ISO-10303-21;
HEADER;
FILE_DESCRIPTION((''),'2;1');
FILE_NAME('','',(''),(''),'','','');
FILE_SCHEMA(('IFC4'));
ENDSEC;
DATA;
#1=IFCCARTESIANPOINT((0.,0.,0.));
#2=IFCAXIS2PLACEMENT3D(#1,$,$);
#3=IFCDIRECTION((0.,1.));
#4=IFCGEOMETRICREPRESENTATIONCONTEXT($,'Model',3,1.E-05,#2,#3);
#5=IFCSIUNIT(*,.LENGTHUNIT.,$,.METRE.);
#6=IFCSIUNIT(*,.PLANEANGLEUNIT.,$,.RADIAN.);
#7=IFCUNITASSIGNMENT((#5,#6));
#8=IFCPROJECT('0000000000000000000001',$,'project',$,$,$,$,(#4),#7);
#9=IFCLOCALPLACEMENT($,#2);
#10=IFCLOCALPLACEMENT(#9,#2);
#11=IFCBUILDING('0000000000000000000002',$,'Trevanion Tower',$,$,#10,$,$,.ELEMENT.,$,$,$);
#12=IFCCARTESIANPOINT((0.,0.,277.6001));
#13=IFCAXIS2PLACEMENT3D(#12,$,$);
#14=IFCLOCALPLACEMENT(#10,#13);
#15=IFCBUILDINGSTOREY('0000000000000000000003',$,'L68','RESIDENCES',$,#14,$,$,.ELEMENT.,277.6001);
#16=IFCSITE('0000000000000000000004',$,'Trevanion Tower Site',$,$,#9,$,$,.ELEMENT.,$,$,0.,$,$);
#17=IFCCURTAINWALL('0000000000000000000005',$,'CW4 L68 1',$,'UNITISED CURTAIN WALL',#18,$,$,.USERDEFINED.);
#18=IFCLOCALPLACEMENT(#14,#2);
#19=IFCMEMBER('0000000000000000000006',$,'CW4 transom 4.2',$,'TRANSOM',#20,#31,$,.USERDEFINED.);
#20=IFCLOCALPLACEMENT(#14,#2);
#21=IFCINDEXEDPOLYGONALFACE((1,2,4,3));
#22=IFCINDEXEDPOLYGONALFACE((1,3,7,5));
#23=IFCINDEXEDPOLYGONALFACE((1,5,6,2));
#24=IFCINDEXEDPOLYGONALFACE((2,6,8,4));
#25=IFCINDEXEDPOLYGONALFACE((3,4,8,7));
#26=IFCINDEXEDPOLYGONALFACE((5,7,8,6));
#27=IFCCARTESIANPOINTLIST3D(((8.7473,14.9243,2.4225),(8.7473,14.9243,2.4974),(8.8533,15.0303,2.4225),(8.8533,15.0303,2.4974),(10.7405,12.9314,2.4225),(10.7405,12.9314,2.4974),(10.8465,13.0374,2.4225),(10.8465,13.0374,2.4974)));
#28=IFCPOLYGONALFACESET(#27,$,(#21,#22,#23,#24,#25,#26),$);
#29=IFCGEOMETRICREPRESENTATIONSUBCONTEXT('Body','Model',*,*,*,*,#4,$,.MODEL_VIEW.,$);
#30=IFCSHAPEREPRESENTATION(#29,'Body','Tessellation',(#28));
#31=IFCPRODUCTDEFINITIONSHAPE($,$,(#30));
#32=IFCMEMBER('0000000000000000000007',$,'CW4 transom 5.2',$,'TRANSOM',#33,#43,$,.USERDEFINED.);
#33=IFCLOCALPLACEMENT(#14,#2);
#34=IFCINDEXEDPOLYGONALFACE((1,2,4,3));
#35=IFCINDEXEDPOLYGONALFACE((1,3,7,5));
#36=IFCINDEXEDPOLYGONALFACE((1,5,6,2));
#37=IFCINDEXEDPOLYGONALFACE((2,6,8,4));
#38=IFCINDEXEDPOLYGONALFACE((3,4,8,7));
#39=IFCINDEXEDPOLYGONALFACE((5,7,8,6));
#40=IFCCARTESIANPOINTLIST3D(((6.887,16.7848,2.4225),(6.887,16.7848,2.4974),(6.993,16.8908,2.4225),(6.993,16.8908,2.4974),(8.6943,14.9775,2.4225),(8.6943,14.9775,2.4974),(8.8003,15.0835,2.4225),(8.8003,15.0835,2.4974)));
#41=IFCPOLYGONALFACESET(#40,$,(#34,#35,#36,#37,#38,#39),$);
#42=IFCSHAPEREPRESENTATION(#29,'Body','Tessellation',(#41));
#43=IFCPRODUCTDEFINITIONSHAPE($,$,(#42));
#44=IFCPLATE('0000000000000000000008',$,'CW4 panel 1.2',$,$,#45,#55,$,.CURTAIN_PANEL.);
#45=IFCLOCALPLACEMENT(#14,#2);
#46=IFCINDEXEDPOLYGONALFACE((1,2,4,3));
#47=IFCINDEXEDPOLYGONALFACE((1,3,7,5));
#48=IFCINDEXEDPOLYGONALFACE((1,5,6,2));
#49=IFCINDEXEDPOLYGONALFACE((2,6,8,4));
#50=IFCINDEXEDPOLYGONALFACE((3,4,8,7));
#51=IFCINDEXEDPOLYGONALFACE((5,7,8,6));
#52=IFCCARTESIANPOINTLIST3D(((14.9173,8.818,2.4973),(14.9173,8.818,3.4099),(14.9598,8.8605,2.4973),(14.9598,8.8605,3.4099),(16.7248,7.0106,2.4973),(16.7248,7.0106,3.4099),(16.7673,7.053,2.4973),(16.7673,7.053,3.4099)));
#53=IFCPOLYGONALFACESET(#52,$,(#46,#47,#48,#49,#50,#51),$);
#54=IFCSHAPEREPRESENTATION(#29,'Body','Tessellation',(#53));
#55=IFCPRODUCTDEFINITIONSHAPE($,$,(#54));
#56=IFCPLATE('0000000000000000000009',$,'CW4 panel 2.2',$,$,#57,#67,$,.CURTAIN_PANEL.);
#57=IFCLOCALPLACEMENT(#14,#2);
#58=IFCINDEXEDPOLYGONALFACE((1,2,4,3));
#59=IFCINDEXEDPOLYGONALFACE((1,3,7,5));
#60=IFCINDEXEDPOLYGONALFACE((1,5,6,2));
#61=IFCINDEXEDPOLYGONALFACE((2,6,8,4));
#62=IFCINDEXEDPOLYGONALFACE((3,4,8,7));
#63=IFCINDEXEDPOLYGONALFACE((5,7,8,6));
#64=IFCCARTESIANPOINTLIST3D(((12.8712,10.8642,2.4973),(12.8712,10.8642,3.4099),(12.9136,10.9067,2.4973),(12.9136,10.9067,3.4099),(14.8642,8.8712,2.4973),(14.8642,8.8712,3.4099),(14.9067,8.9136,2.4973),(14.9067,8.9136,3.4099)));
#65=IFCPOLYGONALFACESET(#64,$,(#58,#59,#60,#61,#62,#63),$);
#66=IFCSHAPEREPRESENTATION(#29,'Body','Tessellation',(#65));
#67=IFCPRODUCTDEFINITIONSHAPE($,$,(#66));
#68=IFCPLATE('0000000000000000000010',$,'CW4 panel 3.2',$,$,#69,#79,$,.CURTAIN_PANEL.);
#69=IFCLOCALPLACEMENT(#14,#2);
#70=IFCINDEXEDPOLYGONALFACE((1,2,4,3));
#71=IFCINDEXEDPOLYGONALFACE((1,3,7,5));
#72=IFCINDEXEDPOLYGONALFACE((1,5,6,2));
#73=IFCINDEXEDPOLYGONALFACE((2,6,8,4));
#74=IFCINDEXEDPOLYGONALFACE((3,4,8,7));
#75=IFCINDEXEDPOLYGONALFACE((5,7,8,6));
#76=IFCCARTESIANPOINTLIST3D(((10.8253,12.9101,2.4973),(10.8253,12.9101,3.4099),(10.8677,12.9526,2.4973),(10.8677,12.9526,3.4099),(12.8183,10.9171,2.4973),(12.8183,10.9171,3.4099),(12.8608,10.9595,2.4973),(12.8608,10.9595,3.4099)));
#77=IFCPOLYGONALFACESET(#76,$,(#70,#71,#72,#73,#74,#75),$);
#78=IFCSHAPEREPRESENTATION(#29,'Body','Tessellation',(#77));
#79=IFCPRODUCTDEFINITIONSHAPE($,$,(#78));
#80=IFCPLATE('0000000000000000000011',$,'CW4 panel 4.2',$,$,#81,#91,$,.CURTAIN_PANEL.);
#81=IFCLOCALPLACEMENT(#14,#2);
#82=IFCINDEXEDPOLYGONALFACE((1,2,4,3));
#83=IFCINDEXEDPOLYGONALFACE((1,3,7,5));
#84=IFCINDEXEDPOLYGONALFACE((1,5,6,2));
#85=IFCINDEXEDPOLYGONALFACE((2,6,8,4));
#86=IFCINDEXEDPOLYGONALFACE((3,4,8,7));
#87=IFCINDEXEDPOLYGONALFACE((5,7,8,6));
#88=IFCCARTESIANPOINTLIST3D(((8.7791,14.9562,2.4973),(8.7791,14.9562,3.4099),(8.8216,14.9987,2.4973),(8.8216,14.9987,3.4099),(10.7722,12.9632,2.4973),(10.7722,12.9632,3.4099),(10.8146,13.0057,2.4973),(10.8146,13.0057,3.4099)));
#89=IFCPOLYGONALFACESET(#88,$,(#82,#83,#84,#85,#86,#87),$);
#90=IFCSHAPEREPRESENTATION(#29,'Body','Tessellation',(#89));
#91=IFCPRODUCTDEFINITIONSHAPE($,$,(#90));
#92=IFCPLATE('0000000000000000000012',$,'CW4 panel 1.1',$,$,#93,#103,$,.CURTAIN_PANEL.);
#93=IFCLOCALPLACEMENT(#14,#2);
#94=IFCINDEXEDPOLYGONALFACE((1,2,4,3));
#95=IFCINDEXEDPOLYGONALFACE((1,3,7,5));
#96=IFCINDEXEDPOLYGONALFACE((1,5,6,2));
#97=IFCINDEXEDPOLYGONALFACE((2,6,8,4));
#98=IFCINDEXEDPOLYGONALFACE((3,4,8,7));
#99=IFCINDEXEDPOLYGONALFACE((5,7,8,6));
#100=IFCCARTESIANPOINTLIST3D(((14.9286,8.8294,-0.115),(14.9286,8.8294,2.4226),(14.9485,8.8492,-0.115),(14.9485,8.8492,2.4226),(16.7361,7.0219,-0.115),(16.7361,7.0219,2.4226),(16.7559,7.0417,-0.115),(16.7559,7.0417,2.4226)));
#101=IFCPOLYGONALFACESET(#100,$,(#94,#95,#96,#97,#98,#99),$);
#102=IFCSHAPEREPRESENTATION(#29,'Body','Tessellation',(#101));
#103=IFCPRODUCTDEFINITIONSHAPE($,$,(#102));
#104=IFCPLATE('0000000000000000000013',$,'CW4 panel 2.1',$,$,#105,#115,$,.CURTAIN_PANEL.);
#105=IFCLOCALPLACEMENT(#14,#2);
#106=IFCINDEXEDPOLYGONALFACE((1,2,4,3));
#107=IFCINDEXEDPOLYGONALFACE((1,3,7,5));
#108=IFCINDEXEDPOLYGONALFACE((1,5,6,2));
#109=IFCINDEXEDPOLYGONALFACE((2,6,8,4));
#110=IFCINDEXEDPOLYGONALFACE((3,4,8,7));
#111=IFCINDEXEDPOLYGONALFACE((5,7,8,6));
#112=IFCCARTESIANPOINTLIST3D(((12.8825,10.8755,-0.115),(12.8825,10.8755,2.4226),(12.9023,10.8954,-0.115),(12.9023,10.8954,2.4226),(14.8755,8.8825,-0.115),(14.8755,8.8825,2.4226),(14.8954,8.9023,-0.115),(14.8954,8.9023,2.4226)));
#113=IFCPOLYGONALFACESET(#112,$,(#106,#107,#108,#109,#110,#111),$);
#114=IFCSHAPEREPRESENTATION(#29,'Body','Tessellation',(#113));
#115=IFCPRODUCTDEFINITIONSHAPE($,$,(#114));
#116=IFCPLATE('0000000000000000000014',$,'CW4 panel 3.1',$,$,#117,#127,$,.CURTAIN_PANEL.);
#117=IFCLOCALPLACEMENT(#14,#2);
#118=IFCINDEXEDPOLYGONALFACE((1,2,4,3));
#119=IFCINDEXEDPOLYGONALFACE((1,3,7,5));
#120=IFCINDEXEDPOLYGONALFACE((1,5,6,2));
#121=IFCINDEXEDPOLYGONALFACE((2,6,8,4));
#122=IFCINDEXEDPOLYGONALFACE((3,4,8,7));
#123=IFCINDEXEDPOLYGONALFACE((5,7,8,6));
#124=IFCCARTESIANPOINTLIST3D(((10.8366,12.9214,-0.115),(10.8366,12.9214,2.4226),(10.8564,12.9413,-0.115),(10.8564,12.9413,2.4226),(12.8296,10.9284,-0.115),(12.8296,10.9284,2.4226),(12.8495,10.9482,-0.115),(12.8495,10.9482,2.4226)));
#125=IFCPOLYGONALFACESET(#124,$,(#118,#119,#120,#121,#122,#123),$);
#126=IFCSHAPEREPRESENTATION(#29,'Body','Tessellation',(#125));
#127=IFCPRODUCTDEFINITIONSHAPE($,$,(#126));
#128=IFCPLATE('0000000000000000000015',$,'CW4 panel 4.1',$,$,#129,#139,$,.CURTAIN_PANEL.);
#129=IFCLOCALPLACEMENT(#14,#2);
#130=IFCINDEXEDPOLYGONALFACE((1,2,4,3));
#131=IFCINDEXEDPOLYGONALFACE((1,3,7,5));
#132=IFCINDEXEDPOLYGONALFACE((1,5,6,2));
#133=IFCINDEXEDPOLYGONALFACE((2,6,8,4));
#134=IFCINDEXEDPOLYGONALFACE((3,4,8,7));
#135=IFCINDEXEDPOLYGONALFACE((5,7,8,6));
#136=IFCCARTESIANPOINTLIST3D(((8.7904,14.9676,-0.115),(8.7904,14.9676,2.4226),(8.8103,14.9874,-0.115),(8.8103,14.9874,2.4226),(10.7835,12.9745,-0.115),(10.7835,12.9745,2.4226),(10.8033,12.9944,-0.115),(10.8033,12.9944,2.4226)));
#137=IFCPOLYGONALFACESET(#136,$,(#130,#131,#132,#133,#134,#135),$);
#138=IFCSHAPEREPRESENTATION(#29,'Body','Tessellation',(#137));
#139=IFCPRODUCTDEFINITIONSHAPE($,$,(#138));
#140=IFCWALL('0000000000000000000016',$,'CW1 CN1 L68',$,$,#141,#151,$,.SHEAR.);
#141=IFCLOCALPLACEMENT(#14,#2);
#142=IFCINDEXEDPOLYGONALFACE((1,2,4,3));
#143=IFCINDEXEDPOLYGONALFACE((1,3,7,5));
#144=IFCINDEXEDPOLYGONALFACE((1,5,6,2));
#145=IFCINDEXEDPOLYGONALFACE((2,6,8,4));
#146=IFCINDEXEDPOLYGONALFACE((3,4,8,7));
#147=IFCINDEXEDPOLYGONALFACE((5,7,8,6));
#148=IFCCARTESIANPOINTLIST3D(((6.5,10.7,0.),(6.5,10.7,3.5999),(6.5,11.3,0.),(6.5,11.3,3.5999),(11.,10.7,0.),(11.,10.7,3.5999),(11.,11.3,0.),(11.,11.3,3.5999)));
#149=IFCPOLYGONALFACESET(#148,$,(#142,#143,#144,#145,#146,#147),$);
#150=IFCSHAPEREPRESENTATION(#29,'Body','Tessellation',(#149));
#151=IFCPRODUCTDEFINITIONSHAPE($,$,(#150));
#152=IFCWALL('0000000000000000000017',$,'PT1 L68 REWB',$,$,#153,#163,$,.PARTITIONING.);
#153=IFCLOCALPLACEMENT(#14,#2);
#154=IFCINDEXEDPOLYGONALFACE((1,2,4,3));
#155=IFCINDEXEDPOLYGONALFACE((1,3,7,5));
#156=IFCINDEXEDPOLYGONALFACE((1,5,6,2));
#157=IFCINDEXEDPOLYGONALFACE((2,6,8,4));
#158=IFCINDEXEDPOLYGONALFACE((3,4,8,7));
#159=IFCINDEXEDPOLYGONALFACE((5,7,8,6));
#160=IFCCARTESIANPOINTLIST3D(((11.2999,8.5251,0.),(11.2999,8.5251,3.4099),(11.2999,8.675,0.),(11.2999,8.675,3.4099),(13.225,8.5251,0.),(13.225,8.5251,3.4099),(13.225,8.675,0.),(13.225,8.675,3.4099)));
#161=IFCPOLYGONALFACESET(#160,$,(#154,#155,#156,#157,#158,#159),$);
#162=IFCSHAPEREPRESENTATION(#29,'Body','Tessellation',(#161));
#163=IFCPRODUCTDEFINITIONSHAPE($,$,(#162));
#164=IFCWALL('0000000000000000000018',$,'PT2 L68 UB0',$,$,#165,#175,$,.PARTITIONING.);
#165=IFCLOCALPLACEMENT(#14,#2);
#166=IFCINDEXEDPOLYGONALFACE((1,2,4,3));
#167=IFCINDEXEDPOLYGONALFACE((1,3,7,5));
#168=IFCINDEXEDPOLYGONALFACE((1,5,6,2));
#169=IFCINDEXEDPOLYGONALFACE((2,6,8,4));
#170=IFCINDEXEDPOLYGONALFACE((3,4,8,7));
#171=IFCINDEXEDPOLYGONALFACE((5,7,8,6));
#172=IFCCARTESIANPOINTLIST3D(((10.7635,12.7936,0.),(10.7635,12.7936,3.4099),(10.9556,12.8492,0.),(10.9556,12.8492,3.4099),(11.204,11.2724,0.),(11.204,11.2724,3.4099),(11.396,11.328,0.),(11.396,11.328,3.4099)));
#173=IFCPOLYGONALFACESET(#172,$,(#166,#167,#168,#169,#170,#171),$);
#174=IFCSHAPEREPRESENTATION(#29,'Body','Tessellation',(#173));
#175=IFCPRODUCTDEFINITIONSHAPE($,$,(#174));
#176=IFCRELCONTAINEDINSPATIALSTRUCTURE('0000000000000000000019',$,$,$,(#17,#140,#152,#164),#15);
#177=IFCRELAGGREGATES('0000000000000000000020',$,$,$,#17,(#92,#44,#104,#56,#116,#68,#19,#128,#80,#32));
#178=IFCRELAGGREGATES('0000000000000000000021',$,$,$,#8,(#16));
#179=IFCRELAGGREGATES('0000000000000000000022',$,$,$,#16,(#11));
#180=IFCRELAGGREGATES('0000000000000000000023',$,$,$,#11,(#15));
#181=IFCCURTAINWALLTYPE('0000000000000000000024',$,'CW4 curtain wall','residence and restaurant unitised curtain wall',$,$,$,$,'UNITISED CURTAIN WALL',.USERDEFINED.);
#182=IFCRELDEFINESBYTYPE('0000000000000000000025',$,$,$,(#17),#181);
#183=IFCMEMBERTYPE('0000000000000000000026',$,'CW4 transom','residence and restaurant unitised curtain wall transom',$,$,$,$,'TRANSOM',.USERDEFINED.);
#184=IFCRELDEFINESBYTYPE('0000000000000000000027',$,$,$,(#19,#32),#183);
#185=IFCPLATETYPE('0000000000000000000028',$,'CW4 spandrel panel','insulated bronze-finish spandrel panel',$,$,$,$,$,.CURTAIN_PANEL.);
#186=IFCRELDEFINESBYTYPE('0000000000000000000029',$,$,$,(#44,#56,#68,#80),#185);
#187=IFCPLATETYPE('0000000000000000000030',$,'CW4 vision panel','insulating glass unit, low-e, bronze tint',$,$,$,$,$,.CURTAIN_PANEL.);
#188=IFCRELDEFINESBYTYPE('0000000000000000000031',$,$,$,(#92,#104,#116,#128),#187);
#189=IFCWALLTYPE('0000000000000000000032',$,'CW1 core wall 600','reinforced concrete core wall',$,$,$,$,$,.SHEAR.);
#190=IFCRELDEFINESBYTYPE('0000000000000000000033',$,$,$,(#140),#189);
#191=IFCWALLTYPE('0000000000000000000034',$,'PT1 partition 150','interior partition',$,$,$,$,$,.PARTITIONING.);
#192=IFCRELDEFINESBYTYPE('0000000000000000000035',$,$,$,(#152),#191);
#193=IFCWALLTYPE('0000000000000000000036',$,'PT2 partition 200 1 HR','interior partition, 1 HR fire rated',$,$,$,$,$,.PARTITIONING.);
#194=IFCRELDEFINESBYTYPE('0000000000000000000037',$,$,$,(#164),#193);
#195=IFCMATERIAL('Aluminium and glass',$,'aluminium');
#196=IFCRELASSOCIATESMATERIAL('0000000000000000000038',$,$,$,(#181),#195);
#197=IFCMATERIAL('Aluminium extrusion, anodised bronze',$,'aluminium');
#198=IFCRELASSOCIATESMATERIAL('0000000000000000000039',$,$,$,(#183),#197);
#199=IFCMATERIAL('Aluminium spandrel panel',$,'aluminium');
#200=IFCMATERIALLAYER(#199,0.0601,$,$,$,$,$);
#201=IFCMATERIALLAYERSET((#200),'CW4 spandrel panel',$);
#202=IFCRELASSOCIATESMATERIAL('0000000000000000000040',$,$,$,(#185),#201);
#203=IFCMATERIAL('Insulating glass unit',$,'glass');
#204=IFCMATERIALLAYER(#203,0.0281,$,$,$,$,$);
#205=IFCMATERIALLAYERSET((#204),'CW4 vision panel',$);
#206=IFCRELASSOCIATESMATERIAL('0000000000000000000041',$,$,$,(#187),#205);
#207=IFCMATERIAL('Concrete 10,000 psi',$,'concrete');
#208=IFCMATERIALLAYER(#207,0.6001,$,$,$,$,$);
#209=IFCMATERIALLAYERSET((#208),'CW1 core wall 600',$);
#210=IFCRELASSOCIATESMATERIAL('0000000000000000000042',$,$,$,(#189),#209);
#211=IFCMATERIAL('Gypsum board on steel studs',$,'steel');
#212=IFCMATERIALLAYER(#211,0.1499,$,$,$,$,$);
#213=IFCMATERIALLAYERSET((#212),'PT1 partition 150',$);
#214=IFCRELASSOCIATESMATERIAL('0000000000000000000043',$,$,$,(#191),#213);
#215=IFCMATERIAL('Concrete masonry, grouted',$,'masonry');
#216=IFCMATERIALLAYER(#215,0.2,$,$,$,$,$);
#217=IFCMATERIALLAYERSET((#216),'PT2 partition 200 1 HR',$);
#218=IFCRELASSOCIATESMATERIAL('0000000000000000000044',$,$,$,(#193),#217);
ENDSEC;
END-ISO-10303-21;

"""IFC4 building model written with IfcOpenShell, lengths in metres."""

from ifc_helpers import new_model, si_unit, direction, frame, frame_2d, origin, origin_2d, place, context, subcontext, project, spatial, rectangle, extrude, material, layer, layer_set, material_profile, profile_set, type_object, element, aggregate, save


model = new_model("IFC4")

# Units and contexts
model_context = context("Model", 3, precision=1e-05, world=origin(), true_north=direction((0.0, 1.0)))
body_context = subcontext(model_context, "Body", "Model", "MODEL_VIEW")
ifc_project = project(units=[si_unit("LENGTHUNIT", "METRE"), si_unit("PLANEANGLEUNIT", "RADIAN")], contexts=[model_context])

# Site, building, storey
site_placement = place(None, origin())
site = spatial("IfcSite", under=ifc_project, at=site_placement, Name="Trevanion Tower Site", CompositionType="ELEMENT", RefElevation=0.0)
building_placement = place(site_placement, origin())
building = spatial("IfcBuilding", under=site, at=building_placement, Name="Trevanion Tower", CompositionType="ELEMENT")
storey_placement = place(building_placement, frame((0.0, 0.0, 277.6001)))
storey = spatial("IfcBuildingStorey", under=building, at=storey_placement, Name="L68", Description="RESIDENCES", CompositionType="ELEMENT", Elevation=277.6001)

# Curtain wall, members, plates
ifc_material_1 = material(Name="Aluminium and glass", Category="aluminium")
curtain_wall_type = type_object("IfcCurtainWallType", Name="CW4 curtain wall", Description="residence and restaurant unitised curtain wall", ElementType="UNITISED CURTAIN WALL", PredefinedType="USERDEFINED", material=ifc_material_1)
curtain_wall_placement = place(storey_placement, origin())
curtain_wall = element("IfcCurtainWall", 1, at=curtain_wall_placement, inside=storey, type_object=curtain_wall_type, Name="CW4 L68 1", ObjectType="UNITISED CURTAIN WALL", PredefinedType="USERDEFINED")
ifc_material_2 = material(Name="Aluminium extrusion, anodised bronze", Category="aluminium")
ifc_material_profile_1 = material_profile(ifc_material_2, rectangle(XDim=0.1499, YDim=0.075, at=origin_2d()), Name="CW4 transom")
ifc_profile_set_1 = profile_set([ifc_material_profile_1], Name="Aluminium extrusion, anodised bronze")
member_type_1 = type_object("IfcMemberType", Name="CW4 transom", Description="residence and restaurant unitised curtain wall transom", ElementType="TRANSOM", PredefinedType="USERDEFINED", material=ifc_profile_set_1)
member_1_placement = place(storey_placement, frame((10.7935, 12.9844, 2.46), z_axis=(-0.70715, 0.707063, 0.0), x_axis=(-0.707063, -0.70715, 0.0)))
member_1 = element("IfcMember", 2, at=member_1_placement, type_object=member_type_1, Name="CW4 transom 4.2", ObjectType="TRANSOM", PredefinedType="USERDEFINED", context=body_context, shape_type="SweptSolid", body=[
    extrude(rectangle(XDim=0.1499, YDim=0.075, at=origin_2d()), origin(), (0.0, 0.0, 1.0), 2.8186),
])
member_2_placement = place(storey_placement, frame((8.7473, 15.0305, 2.46), z_axis=(-0.707107, 0.707107, 0.0), x_axis=(-0.707107, -0.707107, 0.0)))
member_2 = element("IfcMember", 3, at=member_2_placement, type_object=member_type_1, Name="CW4 transom 5.2", ObjectType="TRANSOM", PredefinedType="USERDEFINED", context=body_context, shape_type="SweptSolid", body=[
    extrude(rectangle(XDim=0.1499, YDim=0.075, at=origin_2d()), origin(), (0.0, 0.0, 1.0), 2.5559),
])
ifc_material_3 = material(Name="Aluminium spandrel panel", Category="aluminium")
ifc_layer_1 = layer(ifc_material_3, 0.0601)
ifc_layer_set_1 = layer_set([ifc_layer_1], Name="CW4 spandrel panel")
plate_type_1 = type_object("IfcPlateType", Name="CW4 spandrel panel", Description="insulated bronze-finish spandrel panel", PredefinedType="CURTAIN_PANEL", material=ifc_layer_set_1)
plate_1_placement = place(storey_placement, frame((15.8423, 7.9355, 2.4973), z_axis=(0.0, 0.0, 1.0), x_axis=(-0.707107, 0.707107, 0.0)))
plate_1 = element("IfcPlate", 4, at=plate_1_placement, type_object=plate_type_1, Name="CW4 panel 1.2", PredefinedType="CURTAIN_PANEL", context=body_context, shape_type="SweptSolid", body=[
    extrude(rectangle(XDim=2.5562, YDim=0.0601, at=origin_2d()), origin(), (0.0, 0.0, 1.0), 0.9126),
])
plate_2_placement = place(storey_placement, frame((13.8889, 9.8889, 2.4973), z_axis=(0.0, 0.0, 1.0), x_axis=(-0.707107, 0.707107, 0.0)))
plate_2 = element("IfcPlate", 5, at=plate_2_placement, type_object=plate_type_1, Name="CW4 panel 2.2", PredefinedType="CURTAIN_PANEL", context=body_context, shape_type="SweptSolid", body=[
    extrude(rectangle(XDim=2.8186, YDim=0.0601, at=origin_2d()), origin(), (0.0, 0.0, 1.0), 0.9126),
])
plate_3_placement = place(storey_placement, frame((11.843, 11.9348, 2.4973), z_axis=(0.0, 0.0, 1.0), x_axis=(-0.707107, 0.707107, 0.0)))
plate_3 = element("IfcPlate", 6, at=plate_3_placement, type_object=plate_type_1, Name="CW4 panel 3.2", PredefinedType="CURTAIN_PANEL", context=body_context, shape_type="SweptSolid", body=[
    extrude(rectangle(XDim=2.8186, YDim=0.0601, at=origin_2d()), origin(), (0.0, 0.0, 1.0), 0.9126),
])
plate_4_placement = place(storey_placement, frame((9.7969, 13.981, 2.4973), z_axis=(0.0, 0.0, 1.0), x_axis=(-0.707107, 0.707107, 0.0)))
plate_4 = element("IfcPlate", 7, at=plate_4_placement, type_object=plate_type_1, Name="CW4 panel 4.2", PredefinedType="CURTAIN_PANEL", context=body_context, shape_type="SweptSolid", body=[
    extrude(rectangle(XDim=2.8186, YDim=0.0601, at=origin_2d()), origin(), (0.0, 0.0, 1.0), 0.9126),
])
ifc_material_4 = material(Name="Insulating glass unit", Category="glass")
ifc_layer_2 = layer(ifc_material_4, 0.0281)
ifc_layer_set_2 = layer_set([ifc_layer_2], Name="CW4 vision panel")
plate_type_2 = type_object("IfcPlateType", Name="CW4 vision panel", Description="insulating glass unit, low-e, bronze tint", PredefinedType="CURTAIN_PANEL", material=ifc_layer_set_2)
plate_5_placement = place(storey_placement, frame((15.8423, 7.9355, -0.115), z_axis=(0.0, 0.0, 1.0), x_axis=(-0.707107, 0.707107, 0.0)))
plate_5 = element("IfcPlate", 8, at=plate_5_placement, type_object=plate_type_2, Name="CW4 panel 1.1", PredefinedType="CURTAIN_PANEL", context=body_context, shape_type="SweptSolid", body=[
    extrude(rectangle(XDim=2.5562, YDim=0.0281, at=origin_2d()), origin(), (0.0, 0.0, 1.0), 2.5376),
])
plate_6_placement = place(storey_placement, frame((13.8889, 9.8889, -0.115), z_axis=(0.0, 0.0, 1.0), x_axis=(-0.707107, 0.707107, 0.0)))
plate_6 = element("IfcPlate", 9, at=plate_6_placement, type_object=plate_type_2, Name="CW4 panel 2.1", PredefinedType="CURTAIN_PANEL", context=body_context, shape_type="SweptSolid", body=[
    extrude(rectangle(XDim=2.8186, YDim=0.0281, at=origin_2d()), origin(), (0.0, 0.0, 1.0), 2.5376),
])
plate_7_placement = place(storey_placement, frame((11.843, 11.9348, -0.115), z_axis=(0.0, 0.0, 1.0), x_axis=(-0.707107, 0.707107, 0.0)))
plate_7 = element("IfcPlate", 10, at=plate_7_placement, type_object=plate_type_2, Name="CW4 panel 3.1", PredefinedType="CURTAIN_PANEL", context=body_context, shape_type="SweptSolid", body=[
    extrude(rectangle(XDim=2.8186, YDim=0.0281, at=origin_2d()), origin(), (0.0, 0.0, 1.0), 2.5376),
])
plate_8_placement = place(storey_placement, frame((9.7969, 13.981, -0.115), z_axis=(0.0, 0.0, 1.0), x_axis=(-0.707107, 0.707107, 0.0)))
plate_8 = element("IfcPlate", 11, at=plate_8_placement, type_object=plate_type_2, Name="CW4 panel 4.1", PredefinedType="CURTAIN_PANEL", context=body_context, shape_type="SweptSolid", body=[
    extrude(rectangle(XDim=2.8186, YDim=0.0281, at=origin_2d()), origin(), (0.0, 0.0, 1.0), 2.5376),
])
aggregate(curtain_wall, [plate_5, plate_1, plate_6, plate_2, plate_7, plate_3, member_1, plate_8, plate_4, member_2])

# Walls
ifc_material_5 = material(Name="Concrete 10,000 psi", Category="concrete")
ifc_layer_3 = layer(ifc_material_5, 0.6001)
ifc_layer_set_3 = layer_set([ifc_layer_3], Name="CW1 core wall 600")
wall_type_1 = type_object("IfcWallType", Name="CW1 core wall 600", Description="reinforced concrete core wall", PredefinedType="SHEAR", material=ifc_layer_set_3)
wall_1_placement = place(storey_placement, frame((11.0, 11.0, 0.0), z_axis=(0.0, 0.0, 1.0), x_axis=(-1.0, 0.0, 0.0)))
element("IfcWall", 12, at=wall_1_placement, inside=storey, type_object=wall_type_1, Name="CW1 CN1 L68", PredefinedType="SHEAR", context=body_context, shape_type="SweptSolid", body=[
    extrude(rectangle(XDim=4.5, YDim=0.6001, at=frame_2d((2.25, 0.0))), origin(), (0.0, 0.0, 1.0), 3.5999),
])
ifc_material_6 = material(Name="Gypsum board on steel studs", Category="steel")
ifc_layer_4 = layer(ifc_material_6, 0.1499)
ifc_layer_set_4 = layer_set([ifc_layer_4], Name="PT1 partition 150")
wall_type_2 = type_object("IfcWallType", Name="PT1 partition 150", Description="interior partition", PredefinedType="PARTITIONING", material=ifc_layer_set_4)
wall_2_placement = place(storey_placement, frame((11.3, 8.6001, 0.0), z_axis=(0.0, 0.0, 1.0), x_axis=(1.0, 0.0, 0.0)))
element("IfcWall", 13, at=wall_2_placement, inside=storey, type_object=wall_type_2, Name="PT1 L68 REWB", PredefinedType="PARTITIONING", context=body_context, shape_type="SweptSolid", body=[
    extrude(rectangle(XDim=1.925, YDim=0.1499, at=frame_2d((0.9624, 0.0))), origin(), (0.0, 0.0, 1.0), 3.4099),
])
ifc_material_7 = material(Name="Concrete masonry, grouted", Category="masonry")
ifc_layer_5 = layer(ifc_material_7, 0.2)
ifc_layer_set_5 = layer_set([ifc_layer_5], Name="PT2 partition 200 1 HR")
wall_type_3 = type_object("IfcWallType", Name="PT2 partition 200 1 HR", Description="interior partition, 1 HR fire rated", PredefinedType="PARTITIONING", material=ifc_layer_set_5)
wall_3_placement = place(storey_placement, frame((11.3, 11.3, 0.0), z_axis=(0.0, 0.0, 1.0), x_axis=(-0.278099, 0.960552, 0.0)))
element("IfcWall", 14, at=wall_3_placement, inside=storey, type_object=wall_type_3, Name="PT2 L68 UB0", PredefinedType="PARTITIONING", context=body_context, shape_type="SweptSolid", body=[
    extrude(rectangle(XDim=1.5837, YDim=0.2, at=frame_2d((0.792, 0.0))), origin(), (0.0, 0.0, 1.0), 3.4099),
])

save(model, "model.ifc")
